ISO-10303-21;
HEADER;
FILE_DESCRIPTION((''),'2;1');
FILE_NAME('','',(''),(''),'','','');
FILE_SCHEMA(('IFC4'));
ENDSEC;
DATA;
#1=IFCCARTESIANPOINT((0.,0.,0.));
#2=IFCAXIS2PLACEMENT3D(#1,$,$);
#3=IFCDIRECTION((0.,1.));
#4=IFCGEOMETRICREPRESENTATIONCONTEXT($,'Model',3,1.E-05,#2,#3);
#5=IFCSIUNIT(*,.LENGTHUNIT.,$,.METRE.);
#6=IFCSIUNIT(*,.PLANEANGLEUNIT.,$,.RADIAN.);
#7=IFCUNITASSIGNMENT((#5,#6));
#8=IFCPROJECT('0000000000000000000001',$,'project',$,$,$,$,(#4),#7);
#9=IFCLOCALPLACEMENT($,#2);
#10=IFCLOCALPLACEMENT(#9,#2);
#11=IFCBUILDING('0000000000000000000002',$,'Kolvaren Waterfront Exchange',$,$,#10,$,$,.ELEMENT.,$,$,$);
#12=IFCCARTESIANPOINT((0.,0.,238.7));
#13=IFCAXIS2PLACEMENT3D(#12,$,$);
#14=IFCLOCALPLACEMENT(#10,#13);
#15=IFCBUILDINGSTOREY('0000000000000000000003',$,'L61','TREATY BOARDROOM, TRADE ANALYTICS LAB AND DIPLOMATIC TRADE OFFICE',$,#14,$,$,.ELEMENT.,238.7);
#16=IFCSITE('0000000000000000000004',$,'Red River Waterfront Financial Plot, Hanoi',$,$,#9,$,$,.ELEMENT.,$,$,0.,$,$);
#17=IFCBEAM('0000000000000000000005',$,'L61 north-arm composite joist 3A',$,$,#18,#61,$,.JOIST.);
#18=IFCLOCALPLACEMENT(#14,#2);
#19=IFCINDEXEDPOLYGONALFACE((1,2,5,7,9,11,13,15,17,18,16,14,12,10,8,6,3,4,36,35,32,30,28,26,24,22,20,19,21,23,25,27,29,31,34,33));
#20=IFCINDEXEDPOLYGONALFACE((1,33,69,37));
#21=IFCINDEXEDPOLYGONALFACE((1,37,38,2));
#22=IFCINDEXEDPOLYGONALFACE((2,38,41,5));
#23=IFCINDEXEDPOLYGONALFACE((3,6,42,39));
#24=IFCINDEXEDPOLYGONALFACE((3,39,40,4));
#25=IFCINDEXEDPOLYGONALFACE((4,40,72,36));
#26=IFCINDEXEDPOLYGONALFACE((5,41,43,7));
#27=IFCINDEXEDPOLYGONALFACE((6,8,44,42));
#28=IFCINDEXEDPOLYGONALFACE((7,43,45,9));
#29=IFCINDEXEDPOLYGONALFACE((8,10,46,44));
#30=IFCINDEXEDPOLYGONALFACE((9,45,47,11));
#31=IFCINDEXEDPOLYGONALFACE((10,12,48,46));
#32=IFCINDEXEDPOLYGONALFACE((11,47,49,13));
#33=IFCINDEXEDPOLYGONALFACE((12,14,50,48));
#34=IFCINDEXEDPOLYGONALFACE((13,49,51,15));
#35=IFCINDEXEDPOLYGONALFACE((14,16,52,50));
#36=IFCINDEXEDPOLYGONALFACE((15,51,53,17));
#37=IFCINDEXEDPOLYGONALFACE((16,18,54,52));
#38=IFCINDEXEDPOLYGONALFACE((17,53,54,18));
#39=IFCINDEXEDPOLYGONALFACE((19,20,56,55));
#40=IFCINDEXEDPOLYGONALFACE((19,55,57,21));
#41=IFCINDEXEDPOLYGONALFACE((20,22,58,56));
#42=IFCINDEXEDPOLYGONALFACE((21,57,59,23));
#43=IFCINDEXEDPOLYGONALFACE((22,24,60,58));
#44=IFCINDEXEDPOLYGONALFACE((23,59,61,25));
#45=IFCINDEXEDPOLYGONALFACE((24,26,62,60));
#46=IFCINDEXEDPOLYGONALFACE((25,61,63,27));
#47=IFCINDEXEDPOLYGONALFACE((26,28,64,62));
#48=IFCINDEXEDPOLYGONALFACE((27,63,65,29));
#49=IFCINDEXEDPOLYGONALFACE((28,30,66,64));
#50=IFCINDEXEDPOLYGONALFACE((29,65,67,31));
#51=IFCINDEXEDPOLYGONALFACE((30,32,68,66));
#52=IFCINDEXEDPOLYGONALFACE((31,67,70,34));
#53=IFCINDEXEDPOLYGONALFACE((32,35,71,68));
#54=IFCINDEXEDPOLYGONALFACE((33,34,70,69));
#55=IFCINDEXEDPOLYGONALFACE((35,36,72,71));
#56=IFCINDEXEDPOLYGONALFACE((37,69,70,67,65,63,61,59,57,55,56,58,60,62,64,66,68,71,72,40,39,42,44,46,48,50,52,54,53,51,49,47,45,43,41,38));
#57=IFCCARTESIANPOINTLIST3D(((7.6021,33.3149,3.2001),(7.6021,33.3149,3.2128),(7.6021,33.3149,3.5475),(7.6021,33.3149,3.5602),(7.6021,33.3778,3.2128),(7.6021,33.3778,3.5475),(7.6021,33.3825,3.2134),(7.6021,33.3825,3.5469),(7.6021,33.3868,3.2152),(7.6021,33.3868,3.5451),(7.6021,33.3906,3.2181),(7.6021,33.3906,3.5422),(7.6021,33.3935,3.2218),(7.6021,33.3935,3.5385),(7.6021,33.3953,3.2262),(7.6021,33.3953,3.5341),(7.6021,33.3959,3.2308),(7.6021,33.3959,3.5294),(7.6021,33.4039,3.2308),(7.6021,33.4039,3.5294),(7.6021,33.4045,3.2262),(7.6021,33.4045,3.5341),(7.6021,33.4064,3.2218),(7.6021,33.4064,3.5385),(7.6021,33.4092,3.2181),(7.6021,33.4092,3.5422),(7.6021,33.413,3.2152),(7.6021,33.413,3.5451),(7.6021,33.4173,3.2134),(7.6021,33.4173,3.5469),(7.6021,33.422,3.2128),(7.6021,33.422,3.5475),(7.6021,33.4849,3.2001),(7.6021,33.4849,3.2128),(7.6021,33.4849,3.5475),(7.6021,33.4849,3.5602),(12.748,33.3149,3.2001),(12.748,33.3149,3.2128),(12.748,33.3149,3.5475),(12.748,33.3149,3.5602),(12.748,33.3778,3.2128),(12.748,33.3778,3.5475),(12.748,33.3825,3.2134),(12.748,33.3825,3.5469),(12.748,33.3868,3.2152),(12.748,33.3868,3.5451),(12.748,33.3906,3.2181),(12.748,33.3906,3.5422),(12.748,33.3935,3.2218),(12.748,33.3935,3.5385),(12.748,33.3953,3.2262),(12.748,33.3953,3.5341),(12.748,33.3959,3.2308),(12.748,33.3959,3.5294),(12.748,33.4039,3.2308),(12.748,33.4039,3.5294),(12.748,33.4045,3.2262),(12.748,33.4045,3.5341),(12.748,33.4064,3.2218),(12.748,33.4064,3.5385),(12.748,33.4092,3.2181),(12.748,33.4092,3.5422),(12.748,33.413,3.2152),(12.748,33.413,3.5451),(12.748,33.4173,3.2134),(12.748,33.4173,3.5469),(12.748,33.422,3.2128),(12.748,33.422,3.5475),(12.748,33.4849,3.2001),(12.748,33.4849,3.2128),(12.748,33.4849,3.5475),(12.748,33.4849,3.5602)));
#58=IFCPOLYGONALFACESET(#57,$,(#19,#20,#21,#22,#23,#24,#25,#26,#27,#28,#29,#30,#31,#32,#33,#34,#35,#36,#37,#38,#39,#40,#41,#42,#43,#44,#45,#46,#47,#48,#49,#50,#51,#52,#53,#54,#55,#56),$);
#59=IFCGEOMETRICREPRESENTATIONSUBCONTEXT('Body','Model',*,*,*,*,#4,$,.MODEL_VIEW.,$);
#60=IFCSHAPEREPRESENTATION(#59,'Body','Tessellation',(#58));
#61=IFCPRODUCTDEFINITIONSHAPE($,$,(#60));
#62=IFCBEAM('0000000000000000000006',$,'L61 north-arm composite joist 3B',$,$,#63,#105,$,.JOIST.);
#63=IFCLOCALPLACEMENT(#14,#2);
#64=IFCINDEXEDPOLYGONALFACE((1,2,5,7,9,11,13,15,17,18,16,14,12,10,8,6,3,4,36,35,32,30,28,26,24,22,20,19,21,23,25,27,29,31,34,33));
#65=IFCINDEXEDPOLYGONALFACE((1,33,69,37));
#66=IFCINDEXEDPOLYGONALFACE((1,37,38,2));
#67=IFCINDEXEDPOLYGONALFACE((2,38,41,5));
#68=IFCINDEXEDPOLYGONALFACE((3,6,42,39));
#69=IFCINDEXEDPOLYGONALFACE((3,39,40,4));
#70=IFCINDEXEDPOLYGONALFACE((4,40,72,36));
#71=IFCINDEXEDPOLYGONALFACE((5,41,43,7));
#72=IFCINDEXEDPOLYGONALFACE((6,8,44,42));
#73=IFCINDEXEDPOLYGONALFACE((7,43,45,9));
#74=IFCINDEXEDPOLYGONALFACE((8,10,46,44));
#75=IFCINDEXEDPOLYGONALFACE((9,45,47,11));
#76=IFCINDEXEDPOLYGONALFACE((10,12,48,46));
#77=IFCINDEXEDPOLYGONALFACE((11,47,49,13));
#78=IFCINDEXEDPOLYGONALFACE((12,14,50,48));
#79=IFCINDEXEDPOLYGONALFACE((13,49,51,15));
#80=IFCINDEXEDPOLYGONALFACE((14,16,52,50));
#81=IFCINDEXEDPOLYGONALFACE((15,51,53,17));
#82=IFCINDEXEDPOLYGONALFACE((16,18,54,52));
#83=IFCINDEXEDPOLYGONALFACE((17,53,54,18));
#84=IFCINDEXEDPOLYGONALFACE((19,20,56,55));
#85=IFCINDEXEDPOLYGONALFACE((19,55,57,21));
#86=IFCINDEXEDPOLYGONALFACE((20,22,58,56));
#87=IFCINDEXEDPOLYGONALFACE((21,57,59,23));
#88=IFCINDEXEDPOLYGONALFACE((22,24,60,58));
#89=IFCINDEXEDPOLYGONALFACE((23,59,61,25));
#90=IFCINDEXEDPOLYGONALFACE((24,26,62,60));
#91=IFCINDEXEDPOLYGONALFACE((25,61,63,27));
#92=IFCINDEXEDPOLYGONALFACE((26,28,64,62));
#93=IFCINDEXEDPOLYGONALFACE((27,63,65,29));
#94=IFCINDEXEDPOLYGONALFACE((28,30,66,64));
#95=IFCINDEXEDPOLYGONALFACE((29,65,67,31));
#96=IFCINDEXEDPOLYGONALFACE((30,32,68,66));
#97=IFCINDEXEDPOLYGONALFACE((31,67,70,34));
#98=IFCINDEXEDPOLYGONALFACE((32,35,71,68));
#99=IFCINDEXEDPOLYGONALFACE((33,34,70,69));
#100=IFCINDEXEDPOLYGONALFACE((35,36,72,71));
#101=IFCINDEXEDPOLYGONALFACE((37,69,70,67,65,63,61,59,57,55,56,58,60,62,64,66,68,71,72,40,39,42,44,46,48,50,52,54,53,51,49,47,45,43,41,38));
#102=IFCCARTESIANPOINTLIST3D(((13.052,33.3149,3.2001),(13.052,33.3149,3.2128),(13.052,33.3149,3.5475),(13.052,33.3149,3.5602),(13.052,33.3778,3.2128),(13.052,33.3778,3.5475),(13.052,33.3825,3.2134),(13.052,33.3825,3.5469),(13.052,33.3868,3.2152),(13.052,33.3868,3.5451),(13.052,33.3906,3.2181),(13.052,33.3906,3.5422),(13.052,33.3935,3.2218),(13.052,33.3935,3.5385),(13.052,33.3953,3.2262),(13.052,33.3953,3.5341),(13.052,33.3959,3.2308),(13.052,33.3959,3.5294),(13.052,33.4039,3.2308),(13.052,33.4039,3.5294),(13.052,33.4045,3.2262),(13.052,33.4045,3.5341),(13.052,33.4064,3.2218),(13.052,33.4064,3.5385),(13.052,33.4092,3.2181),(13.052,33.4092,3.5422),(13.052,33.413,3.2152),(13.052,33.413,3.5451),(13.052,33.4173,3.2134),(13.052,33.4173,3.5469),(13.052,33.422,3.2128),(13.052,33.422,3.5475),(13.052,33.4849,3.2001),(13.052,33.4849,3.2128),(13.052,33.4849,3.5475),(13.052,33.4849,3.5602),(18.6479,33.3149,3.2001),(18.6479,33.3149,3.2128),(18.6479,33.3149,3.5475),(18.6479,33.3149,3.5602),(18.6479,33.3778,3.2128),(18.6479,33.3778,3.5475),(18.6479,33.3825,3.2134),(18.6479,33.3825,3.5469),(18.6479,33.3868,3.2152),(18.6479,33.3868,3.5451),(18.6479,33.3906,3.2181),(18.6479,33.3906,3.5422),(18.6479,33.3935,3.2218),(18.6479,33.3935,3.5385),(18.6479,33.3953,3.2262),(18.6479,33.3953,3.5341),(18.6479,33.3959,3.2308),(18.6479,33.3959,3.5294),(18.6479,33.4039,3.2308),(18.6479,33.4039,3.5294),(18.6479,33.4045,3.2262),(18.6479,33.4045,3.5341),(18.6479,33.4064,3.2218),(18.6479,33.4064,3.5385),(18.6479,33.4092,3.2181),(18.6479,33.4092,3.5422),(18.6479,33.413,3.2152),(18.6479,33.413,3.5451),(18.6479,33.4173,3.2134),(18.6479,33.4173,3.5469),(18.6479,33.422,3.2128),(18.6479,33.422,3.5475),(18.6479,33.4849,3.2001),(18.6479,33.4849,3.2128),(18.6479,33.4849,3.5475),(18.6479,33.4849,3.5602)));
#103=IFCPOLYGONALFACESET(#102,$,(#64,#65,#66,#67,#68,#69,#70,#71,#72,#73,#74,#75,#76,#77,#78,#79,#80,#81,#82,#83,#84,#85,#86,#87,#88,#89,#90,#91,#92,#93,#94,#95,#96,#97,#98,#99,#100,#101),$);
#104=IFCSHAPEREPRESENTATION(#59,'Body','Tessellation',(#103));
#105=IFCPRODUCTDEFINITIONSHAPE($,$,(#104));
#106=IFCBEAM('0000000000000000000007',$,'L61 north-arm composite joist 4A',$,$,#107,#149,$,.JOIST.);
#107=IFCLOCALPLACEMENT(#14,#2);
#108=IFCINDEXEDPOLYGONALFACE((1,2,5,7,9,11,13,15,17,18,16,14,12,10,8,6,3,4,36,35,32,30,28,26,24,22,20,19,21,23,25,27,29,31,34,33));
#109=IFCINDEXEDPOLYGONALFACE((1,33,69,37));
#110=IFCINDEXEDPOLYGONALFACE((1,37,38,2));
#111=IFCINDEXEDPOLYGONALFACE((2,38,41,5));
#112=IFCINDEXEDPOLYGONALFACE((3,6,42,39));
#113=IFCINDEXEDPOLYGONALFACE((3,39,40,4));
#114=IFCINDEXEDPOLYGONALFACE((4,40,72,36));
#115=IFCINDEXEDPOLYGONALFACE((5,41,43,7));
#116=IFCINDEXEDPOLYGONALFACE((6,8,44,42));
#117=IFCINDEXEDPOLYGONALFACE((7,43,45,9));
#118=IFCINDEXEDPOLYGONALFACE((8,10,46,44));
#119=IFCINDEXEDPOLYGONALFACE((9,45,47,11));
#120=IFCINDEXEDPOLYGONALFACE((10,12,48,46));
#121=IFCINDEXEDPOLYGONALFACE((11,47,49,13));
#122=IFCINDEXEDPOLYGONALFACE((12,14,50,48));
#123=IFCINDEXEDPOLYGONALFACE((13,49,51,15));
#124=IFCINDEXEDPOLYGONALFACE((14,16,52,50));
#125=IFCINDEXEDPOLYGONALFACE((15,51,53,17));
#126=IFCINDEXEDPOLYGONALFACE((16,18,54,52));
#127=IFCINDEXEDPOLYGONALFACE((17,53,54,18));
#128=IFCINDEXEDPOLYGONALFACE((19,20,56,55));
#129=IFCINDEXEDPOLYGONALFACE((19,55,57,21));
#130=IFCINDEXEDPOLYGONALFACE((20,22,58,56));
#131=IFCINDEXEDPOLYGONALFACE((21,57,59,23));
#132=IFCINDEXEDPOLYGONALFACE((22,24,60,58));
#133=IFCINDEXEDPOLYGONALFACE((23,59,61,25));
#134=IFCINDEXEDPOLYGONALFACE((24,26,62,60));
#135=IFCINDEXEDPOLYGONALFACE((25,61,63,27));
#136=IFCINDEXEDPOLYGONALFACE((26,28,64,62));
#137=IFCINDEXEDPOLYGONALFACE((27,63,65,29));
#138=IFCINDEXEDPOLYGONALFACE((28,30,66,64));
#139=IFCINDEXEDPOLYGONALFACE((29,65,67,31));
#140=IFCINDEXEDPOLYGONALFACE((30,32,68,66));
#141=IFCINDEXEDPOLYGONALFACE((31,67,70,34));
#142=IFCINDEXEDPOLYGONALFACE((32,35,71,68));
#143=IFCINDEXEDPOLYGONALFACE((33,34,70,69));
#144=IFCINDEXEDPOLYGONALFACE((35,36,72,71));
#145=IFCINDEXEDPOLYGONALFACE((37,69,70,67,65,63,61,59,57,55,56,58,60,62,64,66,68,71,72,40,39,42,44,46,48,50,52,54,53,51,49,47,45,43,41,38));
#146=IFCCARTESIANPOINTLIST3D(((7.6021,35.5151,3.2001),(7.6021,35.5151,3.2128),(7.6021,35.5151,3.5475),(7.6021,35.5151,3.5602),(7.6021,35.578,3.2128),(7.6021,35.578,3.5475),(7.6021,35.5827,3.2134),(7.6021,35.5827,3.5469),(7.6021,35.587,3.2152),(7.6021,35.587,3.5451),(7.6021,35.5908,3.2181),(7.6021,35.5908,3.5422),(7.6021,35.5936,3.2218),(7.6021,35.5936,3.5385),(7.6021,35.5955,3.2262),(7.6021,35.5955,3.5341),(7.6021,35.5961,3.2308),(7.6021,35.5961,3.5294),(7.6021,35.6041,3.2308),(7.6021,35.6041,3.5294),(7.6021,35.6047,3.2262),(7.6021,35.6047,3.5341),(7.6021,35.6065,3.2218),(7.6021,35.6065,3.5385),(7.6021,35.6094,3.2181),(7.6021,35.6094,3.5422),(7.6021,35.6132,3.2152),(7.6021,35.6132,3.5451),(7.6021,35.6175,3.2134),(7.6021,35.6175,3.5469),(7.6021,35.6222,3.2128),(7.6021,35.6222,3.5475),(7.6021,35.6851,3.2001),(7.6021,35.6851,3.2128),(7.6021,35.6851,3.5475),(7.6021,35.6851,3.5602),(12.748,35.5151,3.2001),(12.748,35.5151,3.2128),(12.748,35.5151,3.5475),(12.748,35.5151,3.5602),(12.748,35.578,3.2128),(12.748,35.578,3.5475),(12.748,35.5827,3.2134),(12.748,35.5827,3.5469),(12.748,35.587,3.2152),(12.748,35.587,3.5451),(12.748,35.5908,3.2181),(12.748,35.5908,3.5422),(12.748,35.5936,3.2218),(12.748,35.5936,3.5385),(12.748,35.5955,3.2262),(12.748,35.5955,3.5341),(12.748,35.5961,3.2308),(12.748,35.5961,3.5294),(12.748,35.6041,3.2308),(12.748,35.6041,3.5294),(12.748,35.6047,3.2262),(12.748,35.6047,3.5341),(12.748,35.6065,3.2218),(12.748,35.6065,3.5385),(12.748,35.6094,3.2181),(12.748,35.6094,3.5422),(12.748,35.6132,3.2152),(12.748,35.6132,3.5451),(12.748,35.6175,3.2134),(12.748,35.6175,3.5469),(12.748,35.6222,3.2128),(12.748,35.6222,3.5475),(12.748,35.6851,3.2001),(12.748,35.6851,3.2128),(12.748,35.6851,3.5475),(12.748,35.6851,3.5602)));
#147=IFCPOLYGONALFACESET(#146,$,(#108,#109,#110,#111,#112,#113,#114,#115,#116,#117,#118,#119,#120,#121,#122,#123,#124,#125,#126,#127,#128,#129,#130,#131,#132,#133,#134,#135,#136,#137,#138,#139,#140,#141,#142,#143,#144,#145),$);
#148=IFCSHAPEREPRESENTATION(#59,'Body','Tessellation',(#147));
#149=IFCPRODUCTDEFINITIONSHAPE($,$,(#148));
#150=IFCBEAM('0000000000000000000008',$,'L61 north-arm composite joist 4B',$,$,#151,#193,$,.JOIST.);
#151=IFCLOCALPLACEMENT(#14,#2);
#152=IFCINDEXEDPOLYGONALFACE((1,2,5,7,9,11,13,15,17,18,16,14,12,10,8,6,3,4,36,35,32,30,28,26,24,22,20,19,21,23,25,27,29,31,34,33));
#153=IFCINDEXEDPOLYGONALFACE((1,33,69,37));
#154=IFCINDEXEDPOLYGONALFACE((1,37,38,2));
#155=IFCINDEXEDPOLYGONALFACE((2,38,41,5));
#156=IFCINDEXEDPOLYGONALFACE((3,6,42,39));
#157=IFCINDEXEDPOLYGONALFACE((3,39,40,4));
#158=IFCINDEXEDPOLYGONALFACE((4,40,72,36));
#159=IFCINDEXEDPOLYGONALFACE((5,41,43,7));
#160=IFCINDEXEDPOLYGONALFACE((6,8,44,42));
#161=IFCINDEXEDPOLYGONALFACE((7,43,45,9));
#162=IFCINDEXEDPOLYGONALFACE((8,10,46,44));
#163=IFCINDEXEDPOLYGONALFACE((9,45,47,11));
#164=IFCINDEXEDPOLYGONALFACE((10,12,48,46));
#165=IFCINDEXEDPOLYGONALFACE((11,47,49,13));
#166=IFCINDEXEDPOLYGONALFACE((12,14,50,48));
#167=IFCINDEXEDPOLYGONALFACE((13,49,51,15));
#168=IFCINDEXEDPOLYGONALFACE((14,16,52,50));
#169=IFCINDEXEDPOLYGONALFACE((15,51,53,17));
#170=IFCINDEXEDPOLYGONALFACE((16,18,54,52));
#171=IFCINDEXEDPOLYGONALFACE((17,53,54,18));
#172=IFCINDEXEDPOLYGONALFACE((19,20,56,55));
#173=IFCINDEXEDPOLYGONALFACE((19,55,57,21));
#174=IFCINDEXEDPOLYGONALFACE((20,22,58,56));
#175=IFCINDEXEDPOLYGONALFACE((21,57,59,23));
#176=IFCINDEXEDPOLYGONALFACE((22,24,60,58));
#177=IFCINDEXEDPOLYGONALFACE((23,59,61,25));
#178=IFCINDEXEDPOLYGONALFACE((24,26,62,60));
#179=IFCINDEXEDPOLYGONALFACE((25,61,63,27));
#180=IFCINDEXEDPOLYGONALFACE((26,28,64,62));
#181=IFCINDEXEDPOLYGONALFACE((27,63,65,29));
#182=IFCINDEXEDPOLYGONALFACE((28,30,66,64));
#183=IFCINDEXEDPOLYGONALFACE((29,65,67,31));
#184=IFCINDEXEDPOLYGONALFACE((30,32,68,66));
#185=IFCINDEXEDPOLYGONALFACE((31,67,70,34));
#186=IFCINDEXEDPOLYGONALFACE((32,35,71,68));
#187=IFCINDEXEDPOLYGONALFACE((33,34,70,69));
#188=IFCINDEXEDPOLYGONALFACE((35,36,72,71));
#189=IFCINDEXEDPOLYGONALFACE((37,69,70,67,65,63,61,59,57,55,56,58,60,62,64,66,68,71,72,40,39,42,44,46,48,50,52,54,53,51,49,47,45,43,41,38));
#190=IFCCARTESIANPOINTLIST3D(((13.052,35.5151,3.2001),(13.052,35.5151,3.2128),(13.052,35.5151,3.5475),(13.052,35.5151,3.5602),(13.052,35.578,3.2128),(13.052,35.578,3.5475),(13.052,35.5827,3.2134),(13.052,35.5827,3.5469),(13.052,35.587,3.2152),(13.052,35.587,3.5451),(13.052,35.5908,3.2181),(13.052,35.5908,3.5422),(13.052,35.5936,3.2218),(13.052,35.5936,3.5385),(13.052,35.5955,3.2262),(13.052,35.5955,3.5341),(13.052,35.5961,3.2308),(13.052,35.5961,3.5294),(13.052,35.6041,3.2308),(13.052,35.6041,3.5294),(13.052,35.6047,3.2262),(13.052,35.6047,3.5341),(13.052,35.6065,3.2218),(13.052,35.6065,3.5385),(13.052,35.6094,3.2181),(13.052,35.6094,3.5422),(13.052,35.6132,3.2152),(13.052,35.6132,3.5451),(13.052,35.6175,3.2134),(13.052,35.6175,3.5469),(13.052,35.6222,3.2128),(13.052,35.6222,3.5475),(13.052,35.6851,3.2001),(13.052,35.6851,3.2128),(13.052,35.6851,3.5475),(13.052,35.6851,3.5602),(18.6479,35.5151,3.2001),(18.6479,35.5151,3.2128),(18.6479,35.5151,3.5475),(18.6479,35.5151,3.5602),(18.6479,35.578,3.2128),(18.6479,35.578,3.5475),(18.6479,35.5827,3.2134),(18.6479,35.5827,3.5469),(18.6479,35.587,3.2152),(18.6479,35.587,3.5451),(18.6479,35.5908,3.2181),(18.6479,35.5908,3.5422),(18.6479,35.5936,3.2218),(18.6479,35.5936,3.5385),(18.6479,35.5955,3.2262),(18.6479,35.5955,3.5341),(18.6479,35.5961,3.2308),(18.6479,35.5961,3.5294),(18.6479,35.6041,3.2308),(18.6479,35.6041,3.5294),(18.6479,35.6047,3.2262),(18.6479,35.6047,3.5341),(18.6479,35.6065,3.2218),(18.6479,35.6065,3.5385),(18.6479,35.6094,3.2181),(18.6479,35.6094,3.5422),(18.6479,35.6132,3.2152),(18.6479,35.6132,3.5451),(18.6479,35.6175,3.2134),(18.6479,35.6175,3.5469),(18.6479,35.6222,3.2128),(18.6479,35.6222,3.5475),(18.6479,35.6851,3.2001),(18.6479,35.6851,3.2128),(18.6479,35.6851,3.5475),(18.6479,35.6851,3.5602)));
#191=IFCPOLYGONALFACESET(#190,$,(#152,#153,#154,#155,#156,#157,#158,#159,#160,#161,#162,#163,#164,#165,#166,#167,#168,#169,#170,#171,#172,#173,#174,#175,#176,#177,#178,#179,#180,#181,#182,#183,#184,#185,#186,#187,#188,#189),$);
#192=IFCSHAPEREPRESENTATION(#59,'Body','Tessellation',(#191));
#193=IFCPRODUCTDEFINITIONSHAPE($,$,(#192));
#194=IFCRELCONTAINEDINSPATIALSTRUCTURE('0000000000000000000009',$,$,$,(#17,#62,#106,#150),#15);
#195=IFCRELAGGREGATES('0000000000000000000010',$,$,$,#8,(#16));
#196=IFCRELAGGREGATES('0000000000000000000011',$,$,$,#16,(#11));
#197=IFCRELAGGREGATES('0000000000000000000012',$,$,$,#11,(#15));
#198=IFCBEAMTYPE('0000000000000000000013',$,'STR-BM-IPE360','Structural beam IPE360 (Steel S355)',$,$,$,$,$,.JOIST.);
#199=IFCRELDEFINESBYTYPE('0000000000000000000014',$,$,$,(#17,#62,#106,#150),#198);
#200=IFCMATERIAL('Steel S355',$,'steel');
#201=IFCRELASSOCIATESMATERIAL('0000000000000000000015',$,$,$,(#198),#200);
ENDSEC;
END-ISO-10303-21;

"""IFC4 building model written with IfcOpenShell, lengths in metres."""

from ifc_helpers import new_model, si_unit, direction, frame, origin, origin_2d, place, context, subcontext, project, spatial, i_section, extrude, material, material_profile, profile_set, type_object, element, save


model = new_model("IFC4")

# Units and contexts
model_context = context("Model", 3, precision=1e-05, world=origin(), true_north=direction((0.0, 1.0)))
body_context = subcontext(model_context, "Body", "Model", "MODEL_VIEW")
ifc_project = project(units=[si_unit("LENGTHUNIT", "METRE"), si_unit("PLANEANGLEUNIT", "RADIAN")], contexts=[model_context])

# Site, building, storey
site_placement = place(None, origin())
site = spatial("IfcSite", under=ifc_project, at=site_placement, Name="Red River Waterfront Financial Plot, Hanoi", CompositionType="ELEMENT", RefElevation=0.0)
building_placement = place(site_placement, origin())
building = spatial("IfcBuilding", under=site, at=building_placement, Name="Kolvaren Waterfront Exchange", CompositionType="ELEMENT")
storey_placement = place(building_placement, frame((0.0, 0.0, 238.7)))
storey = spatial("IfcBuildingStorey", under=building, at=storey_placement, Name="L61", Description="TREATY BOARDROOM, TRADE ANALYTICS LAB AND DIPLOMATIC TRADE OFFICE", CompositionType="ELEMENT", Elevation=238.7)

# Beams
ifc_material_1 = material(Name="Steel S355", Category="steel")
ifc_material_profile_1 = material_profile(ifc_material_1, i_section(OverallWidth=0.1699, OverallDepth=0.3601, WebThickness=0.0081, FlangeThickness=0.0127, FilletRadius=0.0181, at=origin_2d()), Name="IPE360")
ifc_profile_set_1 = profile_set([ifc_material_profile_1], Name="Steel S355")
beam_type_1 = type_object("IfcBeamType", Name="STR-BM-IPE360", Description="Structural beam IPE360 (Steel S355)", PredefinedType="JOIST", material=ifc_profile_set_1)
beam_1_placement = place(storey_placement, frame((7.6021, 33.3999, 3.3801), z_axis=(1.0, 0.0, 0.0), x_axis=(0.0, 1.0, 0.0)))
element("IfcBeam", 1, at=beam_1_placement, inside=storey, type_object=beam_type_1, Name="L61 north-arm composite joist 3A", PredefinedType="JOIST", context=body_context, shape_type="SweptSolid", body=[
    extrude(i_section(OverallWidth=0.1699, OverallDepth=0.3601, WebThickness=0.0081, FlangeThickness=0.0127, FilletRadius=0.0181, at=origin_2d()), origin(), (0.0, 0.0, 1.0), 5.146),
])
beam_2_placement = place(storey_placement, frame((13.052, 33.3999, 3.3801), z_axis=(1.0, 0.0, 0.0), x_axis=(0.0, 1.0, 0.0)))
element("IfcBeam", 2, at=beam_2_placement, inside=storey, type_object=beam_type_1, Name="L61 north-arm composite joist 3B", PredefinedType="JOIST", context=body_context, shape_type="SweptSolid", body=[
    extrude(i_section(OverallWidth=0.1699, OverallDepth=0.3601, WebThickness=0.0081, FlangeThickness=0.0127, FilletRadius=0.0181, at=origin_2d()), origin(), (0.0, 0.0, 1.0), 5.5959),
])
beam_3_placement = place(storey_placement, frame((7.6021, 35.6001, 3.3801), z_axis=(1.0, 0.0, 0.0), x_axis=(0.0, 1.0, 0.0)))
element("IfcBeam", 3, at=beam_3_placement, inside=storey, type_object=beam_type_1, Name="L61 north-arm composite joist 4A", PredefinedType="JOIST", context=body_context, shape_type="SweptSolid", body=[
    extrude(i_section(OverallWidth=0.1699, OverallDepth=0.3601, WebThickness=0.0081, FlangeThickness=0.0127, FilletRadius=0.0181, at=origin_2d()), origin(), (0.0, 0.0, 1.0), 5.146),
])
beam_4_placement = place(storey_placement, frame((13.052, 35.6001, 3.3801), z_axis=(1.0, 0.0, 0.0), x_axis=(0.0, 1.0, 0.0)))
element("IfcBeam", 4, at=beam_4_placement, inside=storey, type_object=beam_type_1, Name="L61 north-arm composite joist 4B", PredefinedType="JOIST", context=body_context, shape_type="SweptSolid", body=[
    extrude(i_section(OverallWidth=0.1699, OverallDepth=0.3601, WebThickness=0.0081, FlangeThickness=0.0127, FilletRadius=0.0181, at=origin_2d()), origin(), (0.0, 0.0, 1.0), 5.5959),
])

save(model, "model.ifc")
